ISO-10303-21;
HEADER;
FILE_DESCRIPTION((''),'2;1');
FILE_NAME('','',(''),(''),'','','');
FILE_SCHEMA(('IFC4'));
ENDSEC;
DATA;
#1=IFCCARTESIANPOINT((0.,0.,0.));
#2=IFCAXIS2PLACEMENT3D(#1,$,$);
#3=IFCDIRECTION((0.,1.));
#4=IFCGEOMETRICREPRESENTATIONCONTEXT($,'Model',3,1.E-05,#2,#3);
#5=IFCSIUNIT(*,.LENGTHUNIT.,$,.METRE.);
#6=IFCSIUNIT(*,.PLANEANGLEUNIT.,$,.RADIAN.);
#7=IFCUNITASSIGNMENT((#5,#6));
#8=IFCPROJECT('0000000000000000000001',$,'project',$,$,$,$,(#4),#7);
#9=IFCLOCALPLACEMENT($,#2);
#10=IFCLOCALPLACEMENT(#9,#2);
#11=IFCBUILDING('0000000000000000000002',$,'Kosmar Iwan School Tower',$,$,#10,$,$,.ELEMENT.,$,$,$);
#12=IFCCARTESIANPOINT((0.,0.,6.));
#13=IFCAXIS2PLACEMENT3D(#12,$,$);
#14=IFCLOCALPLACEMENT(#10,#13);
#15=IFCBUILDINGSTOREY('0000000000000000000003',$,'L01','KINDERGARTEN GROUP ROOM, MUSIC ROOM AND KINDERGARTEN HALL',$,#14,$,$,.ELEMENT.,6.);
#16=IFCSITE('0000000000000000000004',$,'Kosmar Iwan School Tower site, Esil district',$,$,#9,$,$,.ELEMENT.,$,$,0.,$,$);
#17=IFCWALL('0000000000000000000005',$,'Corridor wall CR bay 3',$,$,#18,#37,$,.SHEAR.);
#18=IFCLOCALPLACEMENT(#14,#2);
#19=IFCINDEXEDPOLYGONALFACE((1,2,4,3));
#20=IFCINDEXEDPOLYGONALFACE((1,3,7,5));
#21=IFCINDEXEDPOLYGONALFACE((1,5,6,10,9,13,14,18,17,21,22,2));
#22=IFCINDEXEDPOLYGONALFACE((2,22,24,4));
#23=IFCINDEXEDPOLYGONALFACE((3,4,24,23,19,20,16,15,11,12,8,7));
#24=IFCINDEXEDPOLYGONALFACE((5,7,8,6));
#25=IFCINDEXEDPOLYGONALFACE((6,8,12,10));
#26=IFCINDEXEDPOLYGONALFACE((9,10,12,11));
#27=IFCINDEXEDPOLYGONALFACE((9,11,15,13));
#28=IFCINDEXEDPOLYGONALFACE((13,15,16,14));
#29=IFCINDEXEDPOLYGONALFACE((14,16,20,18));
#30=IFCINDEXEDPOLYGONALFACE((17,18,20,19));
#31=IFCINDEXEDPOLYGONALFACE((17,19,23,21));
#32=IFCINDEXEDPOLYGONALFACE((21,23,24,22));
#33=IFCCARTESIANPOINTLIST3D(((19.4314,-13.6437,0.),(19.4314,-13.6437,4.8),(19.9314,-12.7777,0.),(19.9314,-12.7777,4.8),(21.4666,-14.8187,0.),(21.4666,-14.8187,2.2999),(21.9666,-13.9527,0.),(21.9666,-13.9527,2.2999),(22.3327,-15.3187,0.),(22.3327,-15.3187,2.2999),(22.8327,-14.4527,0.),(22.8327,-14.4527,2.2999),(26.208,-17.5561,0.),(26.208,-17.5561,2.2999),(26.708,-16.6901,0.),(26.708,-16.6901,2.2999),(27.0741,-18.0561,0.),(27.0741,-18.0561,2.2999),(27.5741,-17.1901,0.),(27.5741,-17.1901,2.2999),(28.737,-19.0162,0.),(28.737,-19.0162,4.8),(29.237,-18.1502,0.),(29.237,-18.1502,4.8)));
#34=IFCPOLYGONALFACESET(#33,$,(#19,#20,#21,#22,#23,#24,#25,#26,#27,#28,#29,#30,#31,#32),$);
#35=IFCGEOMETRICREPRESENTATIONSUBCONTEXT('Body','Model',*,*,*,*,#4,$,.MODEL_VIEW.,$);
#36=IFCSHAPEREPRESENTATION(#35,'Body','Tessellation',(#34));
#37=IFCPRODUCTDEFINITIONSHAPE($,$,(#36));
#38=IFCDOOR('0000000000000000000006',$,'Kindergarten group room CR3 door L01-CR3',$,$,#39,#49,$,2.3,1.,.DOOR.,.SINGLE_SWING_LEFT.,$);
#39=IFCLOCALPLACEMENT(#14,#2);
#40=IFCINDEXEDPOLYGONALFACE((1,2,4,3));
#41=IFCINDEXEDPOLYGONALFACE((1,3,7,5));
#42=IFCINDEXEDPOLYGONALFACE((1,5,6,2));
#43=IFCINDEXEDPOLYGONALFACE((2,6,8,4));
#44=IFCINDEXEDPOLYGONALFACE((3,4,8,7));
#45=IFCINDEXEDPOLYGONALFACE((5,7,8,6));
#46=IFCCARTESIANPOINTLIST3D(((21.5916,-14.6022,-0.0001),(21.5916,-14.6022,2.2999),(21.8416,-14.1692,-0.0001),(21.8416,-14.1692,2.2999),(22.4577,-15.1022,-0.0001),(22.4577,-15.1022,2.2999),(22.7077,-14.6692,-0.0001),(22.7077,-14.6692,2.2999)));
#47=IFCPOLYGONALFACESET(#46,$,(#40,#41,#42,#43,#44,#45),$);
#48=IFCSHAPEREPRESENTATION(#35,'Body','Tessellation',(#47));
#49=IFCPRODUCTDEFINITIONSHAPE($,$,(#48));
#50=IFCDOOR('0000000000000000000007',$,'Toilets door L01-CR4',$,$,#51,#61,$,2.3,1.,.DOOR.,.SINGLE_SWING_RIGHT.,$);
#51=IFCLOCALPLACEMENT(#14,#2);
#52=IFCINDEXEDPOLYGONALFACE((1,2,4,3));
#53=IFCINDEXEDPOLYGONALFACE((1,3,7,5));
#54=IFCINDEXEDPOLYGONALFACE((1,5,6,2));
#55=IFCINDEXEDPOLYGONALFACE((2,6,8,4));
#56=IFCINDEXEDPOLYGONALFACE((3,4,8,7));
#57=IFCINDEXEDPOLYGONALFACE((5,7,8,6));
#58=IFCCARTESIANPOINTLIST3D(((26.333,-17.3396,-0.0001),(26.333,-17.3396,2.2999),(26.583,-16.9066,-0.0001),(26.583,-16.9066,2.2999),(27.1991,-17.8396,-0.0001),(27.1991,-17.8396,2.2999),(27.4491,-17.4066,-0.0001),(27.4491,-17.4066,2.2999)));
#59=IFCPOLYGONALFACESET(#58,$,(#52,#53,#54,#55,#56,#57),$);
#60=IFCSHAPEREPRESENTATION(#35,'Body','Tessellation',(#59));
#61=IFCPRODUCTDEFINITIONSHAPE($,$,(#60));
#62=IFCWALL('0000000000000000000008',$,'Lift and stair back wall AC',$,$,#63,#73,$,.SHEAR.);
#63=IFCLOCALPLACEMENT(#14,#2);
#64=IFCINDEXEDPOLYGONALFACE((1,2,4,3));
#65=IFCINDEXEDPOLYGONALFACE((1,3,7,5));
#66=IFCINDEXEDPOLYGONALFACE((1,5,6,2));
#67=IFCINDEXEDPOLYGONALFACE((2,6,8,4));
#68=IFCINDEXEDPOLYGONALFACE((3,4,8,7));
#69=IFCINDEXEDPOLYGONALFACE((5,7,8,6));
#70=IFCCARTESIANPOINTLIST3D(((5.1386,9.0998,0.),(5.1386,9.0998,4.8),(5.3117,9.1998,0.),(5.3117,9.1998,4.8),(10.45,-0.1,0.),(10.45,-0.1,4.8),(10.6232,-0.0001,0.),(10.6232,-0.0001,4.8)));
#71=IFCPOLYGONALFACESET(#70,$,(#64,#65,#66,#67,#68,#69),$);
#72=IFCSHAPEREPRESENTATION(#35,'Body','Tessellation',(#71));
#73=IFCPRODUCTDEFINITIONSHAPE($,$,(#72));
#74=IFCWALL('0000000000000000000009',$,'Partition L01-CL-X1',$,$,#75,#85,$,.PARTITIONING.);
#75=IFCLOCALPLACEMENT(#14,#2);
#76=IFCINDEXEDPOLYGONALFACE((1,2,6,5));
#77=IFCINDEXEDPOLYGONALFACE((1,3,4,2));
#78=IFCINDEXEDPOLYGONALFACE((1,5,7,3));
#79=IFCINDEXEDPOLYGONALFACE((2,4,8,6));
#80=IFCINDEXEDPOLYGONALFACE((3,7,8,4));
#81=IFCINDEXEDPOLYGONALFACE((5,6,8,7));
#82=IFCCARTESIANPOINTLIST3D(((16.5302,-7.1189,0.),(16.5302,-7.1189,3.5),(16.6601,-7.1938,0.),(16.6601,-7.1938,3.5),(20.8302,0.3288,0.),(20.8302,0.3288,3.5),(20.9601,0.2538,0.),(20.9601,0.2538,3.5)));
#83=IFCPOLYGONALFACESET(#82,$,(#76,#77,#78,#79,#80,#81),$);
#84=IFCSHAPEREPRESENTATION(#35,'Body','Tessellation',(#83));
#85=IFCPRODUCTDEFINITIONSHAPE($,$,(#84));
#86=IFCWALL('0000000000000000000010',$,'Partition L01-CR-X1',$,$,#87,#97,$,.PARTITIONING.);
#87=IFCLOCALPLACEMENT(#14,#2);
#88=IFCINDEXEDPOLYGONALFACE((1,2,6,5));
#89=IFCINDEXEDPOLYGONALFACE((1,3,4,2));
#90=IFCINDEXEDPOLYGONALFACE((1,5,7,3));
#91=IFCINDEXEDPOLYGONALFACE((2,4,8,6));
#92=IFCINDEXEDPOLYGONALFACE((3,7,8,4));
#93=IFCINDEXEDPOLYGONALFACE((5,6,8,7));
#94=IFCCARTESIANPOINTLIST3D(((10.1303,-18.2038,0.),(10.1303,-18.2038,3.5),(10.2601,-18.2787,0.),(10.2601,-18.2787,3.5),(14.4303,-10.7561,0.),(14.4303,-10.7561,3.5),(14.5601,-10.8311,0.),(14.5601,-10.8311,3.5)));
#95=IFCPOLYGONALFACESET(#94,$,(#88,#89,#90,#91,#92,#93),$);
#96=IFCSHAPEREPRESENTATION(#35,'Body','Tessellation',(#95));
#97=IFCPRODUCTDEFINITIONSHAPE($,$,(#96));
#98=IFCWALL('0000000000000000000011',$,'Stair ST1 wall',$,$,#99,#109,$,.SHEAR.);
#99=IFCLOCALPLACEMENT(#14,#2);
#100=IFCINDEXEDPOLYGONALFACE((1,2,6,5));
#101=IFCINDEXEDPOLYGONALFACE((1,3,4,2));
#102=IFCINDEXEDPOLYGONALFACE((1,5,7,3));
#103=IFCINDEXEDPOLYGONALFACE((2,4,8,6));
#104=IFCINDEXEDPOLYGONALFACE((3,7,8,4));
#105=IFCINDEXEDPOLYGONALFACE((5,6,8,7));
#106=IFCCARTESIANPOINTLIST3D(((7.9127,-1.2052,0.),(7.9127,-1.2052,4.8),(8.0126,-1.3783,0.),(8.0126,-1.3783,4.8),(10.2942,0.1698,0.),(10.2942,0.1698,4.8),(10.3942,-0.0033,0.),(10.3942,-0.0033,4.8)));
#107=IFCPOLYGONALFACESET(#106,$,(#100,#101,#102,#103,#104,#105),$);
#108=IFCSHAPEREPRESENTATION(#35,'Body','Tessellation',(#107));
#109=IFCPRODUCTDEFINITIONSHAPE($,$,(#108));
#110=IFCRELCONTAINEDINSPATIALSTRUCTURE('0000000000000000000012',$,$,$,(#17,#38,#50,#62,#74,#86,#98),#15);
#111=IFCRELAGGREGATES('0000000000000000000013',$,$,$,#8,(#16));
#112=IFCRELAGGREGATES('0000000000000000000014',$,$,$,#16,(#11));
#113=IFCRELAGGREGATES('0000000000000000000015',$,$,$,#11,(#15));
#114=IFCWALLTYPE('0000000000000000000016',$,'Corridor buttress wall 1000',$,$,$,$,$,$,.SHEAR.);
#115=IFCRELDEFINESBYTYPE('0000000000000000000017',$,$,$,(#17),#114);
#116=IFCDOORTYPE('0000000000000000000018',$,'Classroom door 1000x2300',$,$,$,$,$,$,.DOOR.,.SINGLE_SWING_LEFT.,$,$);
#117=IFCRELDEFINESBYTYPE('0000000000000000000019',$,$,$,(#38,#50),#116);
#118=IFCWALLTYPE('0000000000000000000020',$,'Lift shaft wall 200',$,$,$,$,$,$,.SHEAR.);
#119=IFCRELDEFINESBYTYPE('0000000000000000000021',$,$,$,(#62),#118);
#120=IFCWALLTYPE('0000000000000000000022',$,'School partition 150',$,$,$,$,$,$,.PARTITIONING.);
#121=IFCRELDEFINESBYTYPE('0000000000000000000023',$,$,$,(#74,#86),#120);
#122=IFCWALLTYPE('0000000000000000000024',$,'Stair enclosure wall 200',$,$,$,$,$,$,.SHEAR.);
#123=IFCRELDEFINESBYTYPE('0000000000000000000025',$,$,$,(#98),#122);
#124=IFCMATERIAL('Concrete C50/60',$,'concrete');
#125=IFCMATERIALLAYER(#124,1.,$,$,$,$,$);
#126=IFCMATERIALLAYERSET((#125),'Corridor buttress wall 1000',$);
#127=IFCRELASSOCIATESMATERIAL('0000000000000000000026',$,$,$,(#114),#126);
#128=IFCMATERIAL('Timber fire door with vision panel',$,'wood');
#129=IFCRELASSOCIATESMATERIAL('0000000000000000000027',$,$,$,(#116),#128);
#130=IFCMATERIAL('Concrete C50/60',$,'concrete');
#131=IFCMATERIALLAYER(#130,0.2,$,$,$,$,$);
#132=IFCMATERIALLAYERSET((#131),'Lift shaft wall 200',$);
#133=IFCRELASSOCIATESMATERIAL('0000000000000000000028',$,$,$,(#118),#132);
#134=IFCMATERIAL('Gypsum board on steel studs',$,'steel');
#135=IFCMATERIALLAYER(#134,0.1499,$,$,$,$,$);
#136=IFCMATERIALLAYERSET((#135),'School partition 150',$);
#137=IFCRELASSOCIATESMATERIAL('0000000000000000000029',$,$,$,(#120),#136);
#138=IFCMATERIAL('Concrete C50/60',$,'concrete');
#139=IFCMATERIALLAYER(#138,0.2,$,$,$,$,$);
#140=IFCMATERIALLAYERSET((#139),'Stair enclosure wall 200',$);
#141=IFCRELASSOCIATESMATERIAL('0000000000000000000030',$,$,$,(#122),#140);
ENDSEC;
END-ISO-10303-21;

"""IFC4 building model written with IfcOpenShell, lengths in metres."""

from ifc_helpers import new_model, si_unit, direction, frame, frame_2d, origin, place, context, subcontext, project, spatial, rectangle, extrude, material, layer, layer_set, type_object, element, fill, save


model = new_model("IFC4")

# Units and contexts
model_context = context("Model", 3, precision=1e-05, world=origin(), true_north=direction((0.0, 1.0)))
body_context = subcontext(model_context, "Body", "Model", "MODEL_VIEW")
ifc_project = project(units=[si_unit("LENGTHUNIT", "METRE"), si_unit("PLANEANGLEUNIT", "RADIAN")], contexts=[model_context])

# Site, building, storey
site_placement = place(None, origin())
site = spatial("IfcSite", under=ifc_project, at=site_placement, Name="Kosmar Iwan School Tower site, Esil district", CompositionType="ELEMENT", RefElevation=0.0)
building_placement = place(site_placement, origin())
building = spatial("IfcBuilding", under=site, at=building_placement, Name="Kosmar Iwan School Tower", CompositionType="ELEMENT")
storey_placement = place(building_placement, frame((0.0, 0.0, 6.0)))
storey = spatial("IfcBuildingStorey", under=building, at=storey_placement, Name="L01", Description="KINDERGARTEN GROUP ROOM, MUSIC ROOM AND KINDERGARTEN HALL", CompositionType="ELEMENT", Elevation=6.0)

# Shared definitions
ifc_material_1 = material(Name="Concrete C50/60", Category="concrete")
ifc_layer_1 = layer(ifc_material_1, 1.0)
ifc_layer_set_1 = layer_set([ifc_layer_1], Name="Corridor buttress wall 1000")
wall_type_1 = type_object("IfcWallType", Name="Corridor buttress wall 1000", PredefinedType="SHEAR", material=ifc_layer_set_1)
ifc_material_2 = material(Name="Timber fire door with vision panel", Category="wood")
door_type = type_object("IfcDoorType", Name="Classroom door 1000x2300", OperationType="SINGLE_SWING_LEFT", PredefinedType="DOOR", material=ifc_material_2)

# Wall, openings, doors
wall_1_placement = place(storey_placement, frame((19.6814, -13.2107, 0.0), z_axis=(0.0, 0.0, 1.0), x_axis=(0.866028, -0.499995, 0.0)))
wall_1 = element("IfcWall", 1, at=wall_1_placement, inside=storey, type_object=wall_type_1, Name="Corridor wall CR bay 3", PredefinedType="SHEAR", context=body_context, shape_type="SweptSolid", body=[
    extrude(rectangle(XDim=10.7451, YDim=1.0, at=frame_2d((5.3726, 0.0))), origin(), (0.0, 0.0, 1.0), 4.8),
])
opening_1_placement = place(wall_1_placement, frame((2.3501, 0.0, 0.0)))
opening_1 = element("IfcOpeningElement", 2, at=opening_1_placement, cuts=wall_1, PredefinedType="OPENING", context=body_context, shape_type="SweptSolid", body=[
    extrude(rectangle(XDim=1.0, YDim=2.3, at=frame_2d((0.5, 1.1499))), frame((0.0, 0.512, 0.0), z_axis=(0.0, -1.0, 0.0), x_axis=(1.0, 0.0, 0.0)), (0.0, 0.0, 1.0), 1.0239),
])
opening_2_placement = place(wall_1_placement, frame((7.825, 0.0, 0.0)))
opening_2 = element("IfcOpeningElement", 3, at=opening_2_placement, cuts=wall_1, PredefinedType="OPENING", context=body_context, shape_type="SweptSolid", body=[
    extrude(rectangle(XDim=1.0, YDim=2.3, at=frame_2d((0.5, 1.1499))), frame((0.0, 0.512, 0.0), z_axis=(0.0, -1.0, 0.0), x_axis=(1.0, 0.0, 0.0)), (0.0, 0.0, 1.0), 1.0239),
])
door_1_placement = place(opening_1_placement, origin())
door_1 = element("IfcDoor", 4, at=door_1_placement, inside=storey, type_object=door_type, Name="Kindergarten group room CR3 door L01-CR3", OperationType="SINGLE_SWING_LEFT", OverallHeight=2.3, OverallWidth=1.0, PredefinedType="DOOR", context=body_context, shape_type="SweptSolid", body=[
    extrude(rectangle(XDim=1.0, YDim=2.3, at=frame_2d((0.5, 1.1499))), frame((0.0, 0.25, 0.0), z_axis=(0.0, -1.0, 0.0), x_axis=(1.0, 0.0, 0.0)), (0.0, 0.0, 1.0), 0.5),
])
fill(opening_1, door_1)
door_2_placement = place(opening_2_placement, origin())
door_2 = element("IfcDoor", 5, at=door_2_placement, inside=storey, type_object=door_type, Name="Toilets door L01-CR4", OperationType="SINGLE_SWING_RIGHT", OverallHeight=2.3, OverallWidth=1.0, PredefinedType="DOOR", context=body_context, shape_type="SweptSolid", body=[
    extrude(rectangle(XDim=1.0, YDim=2.3, at=frame_2d((0.5, 1.1499))), frame((0.0, 0.25, 0.0), z_axis=(0.0, -1.0, 0.0), x_axis=(1.0, 0.0, 0.0)), (0.0, 0.0, 1.0), 0.5),
])
fill(opening_2, door_2)

# Walls
ifc_material_3 = material(Name="Concrete C50/60", Category="concrete")
ifc_layer_2 = layer(ifc_material_3, 0.2)
ifc_layer_set_2 = layer_set([ifc_layer_2], Name="Lift shaft wall 200")
wall_type_2 = type_object("IfcWallType", Name="Lift shaft wall 200", PredefinedType="SHEAR", material=ifc_layer_set_2)
wall_2_placement = place(storey_placement, frame((10.5366, -0.05, 0.0), z_axis=(0.0, 0.0, 1.0), x_axis=(-0.499995, 0.866028, 0.0)))
element("IfcWall", 6, at=wall_2_placement, inside=storey, type_object=wall_type_2, Name="Lift and stair back wall AC", PredefinedType="SHEAR", context=body_context, shape_type="SweptSolid", body=[
    extrude(rectangle(XDim=10.623, YDim=0.2, at=frame_2d((5.3115, 0.0))), origin(), (0.0, 0.0, 1.0), 4.8),
])
ifc_material_4 = material(Name="Gypsum board on steel studs", Category="steel")
ifc_layer_3 = layer(ifc_material_4, 0.1499)
ifc_layer_set_3 = layer_set([ifc_layer_3], Name="School partition 150")
wall_type_3 = type_object("IfcWallType", Name="School partition 150", PredefinedType="PARTITIONING", material=ifc_layer_set_3)
for number, where, z_axis, x_axis, name in (
    (7, (16.5952, -7.1562, 0.0), (0.0, 0.0, 1.0), (0.500008, 0.866021, 0.0), "Partition L01-CL-X1"),
    (8, (14.4951, -10.7937, 0.0), (0.0, 0.0, 1.0), (-0.500008, -0.866021, 0.0), "Partition L01-CR-X1"),
):
    element("IfcWall", number, at=place(storey_placement, frame(where, z_axis=z_axis, x_axis=x_axis)), inside=storey, type_object=wall_type_3, Name=name, PredefinedType="PARTITIONING", context=body_context, shape_type="SweptSolid", body=[
        extrude(rectangle(XDim=8.5999, YDim=0.1499, at=frame_2d((4.2998, 0.0))), origin(), (0.0, 0.0, 1.0), 3.5),
    ])
ifc_material_5 = material(Name="Concrete C50/60", Category="concrete")
ifc_layer_4 = layer(ifc_material_5, 0.2)
ifc_layer_set_4 = layer_set([ifc_layer_4], Name="Stair enclosure wall 200")
wall_type_4 = type_object("IfcWallType", Name="Stair enclosure wall 200", PredefinedType="SHEAR", material=ifc_layer_set_4)
wall_3_placement = place(storey_placement, frame((7.9626, -1.2917, 0.0), z_axis=(0.0, 0.0, 1.0), x_axis=(0.866027, 0.499997, 0.0)))
element("IfcWall", 9, at=wall_3_placement, inside=storey, type_object=wall_type_4, Name="Stair ST1 wall", PredefinedType="SHEAR", context=body_context, shape_type="SweptSolid", body=[
    extrude(rectangle(XDim=2.75, YDim=0.2, at=frame_2d((1.375, 0.0))), origin(), (0.0, 0.0, 1.0), 4.8),
])

save(model, "model.ifc")
